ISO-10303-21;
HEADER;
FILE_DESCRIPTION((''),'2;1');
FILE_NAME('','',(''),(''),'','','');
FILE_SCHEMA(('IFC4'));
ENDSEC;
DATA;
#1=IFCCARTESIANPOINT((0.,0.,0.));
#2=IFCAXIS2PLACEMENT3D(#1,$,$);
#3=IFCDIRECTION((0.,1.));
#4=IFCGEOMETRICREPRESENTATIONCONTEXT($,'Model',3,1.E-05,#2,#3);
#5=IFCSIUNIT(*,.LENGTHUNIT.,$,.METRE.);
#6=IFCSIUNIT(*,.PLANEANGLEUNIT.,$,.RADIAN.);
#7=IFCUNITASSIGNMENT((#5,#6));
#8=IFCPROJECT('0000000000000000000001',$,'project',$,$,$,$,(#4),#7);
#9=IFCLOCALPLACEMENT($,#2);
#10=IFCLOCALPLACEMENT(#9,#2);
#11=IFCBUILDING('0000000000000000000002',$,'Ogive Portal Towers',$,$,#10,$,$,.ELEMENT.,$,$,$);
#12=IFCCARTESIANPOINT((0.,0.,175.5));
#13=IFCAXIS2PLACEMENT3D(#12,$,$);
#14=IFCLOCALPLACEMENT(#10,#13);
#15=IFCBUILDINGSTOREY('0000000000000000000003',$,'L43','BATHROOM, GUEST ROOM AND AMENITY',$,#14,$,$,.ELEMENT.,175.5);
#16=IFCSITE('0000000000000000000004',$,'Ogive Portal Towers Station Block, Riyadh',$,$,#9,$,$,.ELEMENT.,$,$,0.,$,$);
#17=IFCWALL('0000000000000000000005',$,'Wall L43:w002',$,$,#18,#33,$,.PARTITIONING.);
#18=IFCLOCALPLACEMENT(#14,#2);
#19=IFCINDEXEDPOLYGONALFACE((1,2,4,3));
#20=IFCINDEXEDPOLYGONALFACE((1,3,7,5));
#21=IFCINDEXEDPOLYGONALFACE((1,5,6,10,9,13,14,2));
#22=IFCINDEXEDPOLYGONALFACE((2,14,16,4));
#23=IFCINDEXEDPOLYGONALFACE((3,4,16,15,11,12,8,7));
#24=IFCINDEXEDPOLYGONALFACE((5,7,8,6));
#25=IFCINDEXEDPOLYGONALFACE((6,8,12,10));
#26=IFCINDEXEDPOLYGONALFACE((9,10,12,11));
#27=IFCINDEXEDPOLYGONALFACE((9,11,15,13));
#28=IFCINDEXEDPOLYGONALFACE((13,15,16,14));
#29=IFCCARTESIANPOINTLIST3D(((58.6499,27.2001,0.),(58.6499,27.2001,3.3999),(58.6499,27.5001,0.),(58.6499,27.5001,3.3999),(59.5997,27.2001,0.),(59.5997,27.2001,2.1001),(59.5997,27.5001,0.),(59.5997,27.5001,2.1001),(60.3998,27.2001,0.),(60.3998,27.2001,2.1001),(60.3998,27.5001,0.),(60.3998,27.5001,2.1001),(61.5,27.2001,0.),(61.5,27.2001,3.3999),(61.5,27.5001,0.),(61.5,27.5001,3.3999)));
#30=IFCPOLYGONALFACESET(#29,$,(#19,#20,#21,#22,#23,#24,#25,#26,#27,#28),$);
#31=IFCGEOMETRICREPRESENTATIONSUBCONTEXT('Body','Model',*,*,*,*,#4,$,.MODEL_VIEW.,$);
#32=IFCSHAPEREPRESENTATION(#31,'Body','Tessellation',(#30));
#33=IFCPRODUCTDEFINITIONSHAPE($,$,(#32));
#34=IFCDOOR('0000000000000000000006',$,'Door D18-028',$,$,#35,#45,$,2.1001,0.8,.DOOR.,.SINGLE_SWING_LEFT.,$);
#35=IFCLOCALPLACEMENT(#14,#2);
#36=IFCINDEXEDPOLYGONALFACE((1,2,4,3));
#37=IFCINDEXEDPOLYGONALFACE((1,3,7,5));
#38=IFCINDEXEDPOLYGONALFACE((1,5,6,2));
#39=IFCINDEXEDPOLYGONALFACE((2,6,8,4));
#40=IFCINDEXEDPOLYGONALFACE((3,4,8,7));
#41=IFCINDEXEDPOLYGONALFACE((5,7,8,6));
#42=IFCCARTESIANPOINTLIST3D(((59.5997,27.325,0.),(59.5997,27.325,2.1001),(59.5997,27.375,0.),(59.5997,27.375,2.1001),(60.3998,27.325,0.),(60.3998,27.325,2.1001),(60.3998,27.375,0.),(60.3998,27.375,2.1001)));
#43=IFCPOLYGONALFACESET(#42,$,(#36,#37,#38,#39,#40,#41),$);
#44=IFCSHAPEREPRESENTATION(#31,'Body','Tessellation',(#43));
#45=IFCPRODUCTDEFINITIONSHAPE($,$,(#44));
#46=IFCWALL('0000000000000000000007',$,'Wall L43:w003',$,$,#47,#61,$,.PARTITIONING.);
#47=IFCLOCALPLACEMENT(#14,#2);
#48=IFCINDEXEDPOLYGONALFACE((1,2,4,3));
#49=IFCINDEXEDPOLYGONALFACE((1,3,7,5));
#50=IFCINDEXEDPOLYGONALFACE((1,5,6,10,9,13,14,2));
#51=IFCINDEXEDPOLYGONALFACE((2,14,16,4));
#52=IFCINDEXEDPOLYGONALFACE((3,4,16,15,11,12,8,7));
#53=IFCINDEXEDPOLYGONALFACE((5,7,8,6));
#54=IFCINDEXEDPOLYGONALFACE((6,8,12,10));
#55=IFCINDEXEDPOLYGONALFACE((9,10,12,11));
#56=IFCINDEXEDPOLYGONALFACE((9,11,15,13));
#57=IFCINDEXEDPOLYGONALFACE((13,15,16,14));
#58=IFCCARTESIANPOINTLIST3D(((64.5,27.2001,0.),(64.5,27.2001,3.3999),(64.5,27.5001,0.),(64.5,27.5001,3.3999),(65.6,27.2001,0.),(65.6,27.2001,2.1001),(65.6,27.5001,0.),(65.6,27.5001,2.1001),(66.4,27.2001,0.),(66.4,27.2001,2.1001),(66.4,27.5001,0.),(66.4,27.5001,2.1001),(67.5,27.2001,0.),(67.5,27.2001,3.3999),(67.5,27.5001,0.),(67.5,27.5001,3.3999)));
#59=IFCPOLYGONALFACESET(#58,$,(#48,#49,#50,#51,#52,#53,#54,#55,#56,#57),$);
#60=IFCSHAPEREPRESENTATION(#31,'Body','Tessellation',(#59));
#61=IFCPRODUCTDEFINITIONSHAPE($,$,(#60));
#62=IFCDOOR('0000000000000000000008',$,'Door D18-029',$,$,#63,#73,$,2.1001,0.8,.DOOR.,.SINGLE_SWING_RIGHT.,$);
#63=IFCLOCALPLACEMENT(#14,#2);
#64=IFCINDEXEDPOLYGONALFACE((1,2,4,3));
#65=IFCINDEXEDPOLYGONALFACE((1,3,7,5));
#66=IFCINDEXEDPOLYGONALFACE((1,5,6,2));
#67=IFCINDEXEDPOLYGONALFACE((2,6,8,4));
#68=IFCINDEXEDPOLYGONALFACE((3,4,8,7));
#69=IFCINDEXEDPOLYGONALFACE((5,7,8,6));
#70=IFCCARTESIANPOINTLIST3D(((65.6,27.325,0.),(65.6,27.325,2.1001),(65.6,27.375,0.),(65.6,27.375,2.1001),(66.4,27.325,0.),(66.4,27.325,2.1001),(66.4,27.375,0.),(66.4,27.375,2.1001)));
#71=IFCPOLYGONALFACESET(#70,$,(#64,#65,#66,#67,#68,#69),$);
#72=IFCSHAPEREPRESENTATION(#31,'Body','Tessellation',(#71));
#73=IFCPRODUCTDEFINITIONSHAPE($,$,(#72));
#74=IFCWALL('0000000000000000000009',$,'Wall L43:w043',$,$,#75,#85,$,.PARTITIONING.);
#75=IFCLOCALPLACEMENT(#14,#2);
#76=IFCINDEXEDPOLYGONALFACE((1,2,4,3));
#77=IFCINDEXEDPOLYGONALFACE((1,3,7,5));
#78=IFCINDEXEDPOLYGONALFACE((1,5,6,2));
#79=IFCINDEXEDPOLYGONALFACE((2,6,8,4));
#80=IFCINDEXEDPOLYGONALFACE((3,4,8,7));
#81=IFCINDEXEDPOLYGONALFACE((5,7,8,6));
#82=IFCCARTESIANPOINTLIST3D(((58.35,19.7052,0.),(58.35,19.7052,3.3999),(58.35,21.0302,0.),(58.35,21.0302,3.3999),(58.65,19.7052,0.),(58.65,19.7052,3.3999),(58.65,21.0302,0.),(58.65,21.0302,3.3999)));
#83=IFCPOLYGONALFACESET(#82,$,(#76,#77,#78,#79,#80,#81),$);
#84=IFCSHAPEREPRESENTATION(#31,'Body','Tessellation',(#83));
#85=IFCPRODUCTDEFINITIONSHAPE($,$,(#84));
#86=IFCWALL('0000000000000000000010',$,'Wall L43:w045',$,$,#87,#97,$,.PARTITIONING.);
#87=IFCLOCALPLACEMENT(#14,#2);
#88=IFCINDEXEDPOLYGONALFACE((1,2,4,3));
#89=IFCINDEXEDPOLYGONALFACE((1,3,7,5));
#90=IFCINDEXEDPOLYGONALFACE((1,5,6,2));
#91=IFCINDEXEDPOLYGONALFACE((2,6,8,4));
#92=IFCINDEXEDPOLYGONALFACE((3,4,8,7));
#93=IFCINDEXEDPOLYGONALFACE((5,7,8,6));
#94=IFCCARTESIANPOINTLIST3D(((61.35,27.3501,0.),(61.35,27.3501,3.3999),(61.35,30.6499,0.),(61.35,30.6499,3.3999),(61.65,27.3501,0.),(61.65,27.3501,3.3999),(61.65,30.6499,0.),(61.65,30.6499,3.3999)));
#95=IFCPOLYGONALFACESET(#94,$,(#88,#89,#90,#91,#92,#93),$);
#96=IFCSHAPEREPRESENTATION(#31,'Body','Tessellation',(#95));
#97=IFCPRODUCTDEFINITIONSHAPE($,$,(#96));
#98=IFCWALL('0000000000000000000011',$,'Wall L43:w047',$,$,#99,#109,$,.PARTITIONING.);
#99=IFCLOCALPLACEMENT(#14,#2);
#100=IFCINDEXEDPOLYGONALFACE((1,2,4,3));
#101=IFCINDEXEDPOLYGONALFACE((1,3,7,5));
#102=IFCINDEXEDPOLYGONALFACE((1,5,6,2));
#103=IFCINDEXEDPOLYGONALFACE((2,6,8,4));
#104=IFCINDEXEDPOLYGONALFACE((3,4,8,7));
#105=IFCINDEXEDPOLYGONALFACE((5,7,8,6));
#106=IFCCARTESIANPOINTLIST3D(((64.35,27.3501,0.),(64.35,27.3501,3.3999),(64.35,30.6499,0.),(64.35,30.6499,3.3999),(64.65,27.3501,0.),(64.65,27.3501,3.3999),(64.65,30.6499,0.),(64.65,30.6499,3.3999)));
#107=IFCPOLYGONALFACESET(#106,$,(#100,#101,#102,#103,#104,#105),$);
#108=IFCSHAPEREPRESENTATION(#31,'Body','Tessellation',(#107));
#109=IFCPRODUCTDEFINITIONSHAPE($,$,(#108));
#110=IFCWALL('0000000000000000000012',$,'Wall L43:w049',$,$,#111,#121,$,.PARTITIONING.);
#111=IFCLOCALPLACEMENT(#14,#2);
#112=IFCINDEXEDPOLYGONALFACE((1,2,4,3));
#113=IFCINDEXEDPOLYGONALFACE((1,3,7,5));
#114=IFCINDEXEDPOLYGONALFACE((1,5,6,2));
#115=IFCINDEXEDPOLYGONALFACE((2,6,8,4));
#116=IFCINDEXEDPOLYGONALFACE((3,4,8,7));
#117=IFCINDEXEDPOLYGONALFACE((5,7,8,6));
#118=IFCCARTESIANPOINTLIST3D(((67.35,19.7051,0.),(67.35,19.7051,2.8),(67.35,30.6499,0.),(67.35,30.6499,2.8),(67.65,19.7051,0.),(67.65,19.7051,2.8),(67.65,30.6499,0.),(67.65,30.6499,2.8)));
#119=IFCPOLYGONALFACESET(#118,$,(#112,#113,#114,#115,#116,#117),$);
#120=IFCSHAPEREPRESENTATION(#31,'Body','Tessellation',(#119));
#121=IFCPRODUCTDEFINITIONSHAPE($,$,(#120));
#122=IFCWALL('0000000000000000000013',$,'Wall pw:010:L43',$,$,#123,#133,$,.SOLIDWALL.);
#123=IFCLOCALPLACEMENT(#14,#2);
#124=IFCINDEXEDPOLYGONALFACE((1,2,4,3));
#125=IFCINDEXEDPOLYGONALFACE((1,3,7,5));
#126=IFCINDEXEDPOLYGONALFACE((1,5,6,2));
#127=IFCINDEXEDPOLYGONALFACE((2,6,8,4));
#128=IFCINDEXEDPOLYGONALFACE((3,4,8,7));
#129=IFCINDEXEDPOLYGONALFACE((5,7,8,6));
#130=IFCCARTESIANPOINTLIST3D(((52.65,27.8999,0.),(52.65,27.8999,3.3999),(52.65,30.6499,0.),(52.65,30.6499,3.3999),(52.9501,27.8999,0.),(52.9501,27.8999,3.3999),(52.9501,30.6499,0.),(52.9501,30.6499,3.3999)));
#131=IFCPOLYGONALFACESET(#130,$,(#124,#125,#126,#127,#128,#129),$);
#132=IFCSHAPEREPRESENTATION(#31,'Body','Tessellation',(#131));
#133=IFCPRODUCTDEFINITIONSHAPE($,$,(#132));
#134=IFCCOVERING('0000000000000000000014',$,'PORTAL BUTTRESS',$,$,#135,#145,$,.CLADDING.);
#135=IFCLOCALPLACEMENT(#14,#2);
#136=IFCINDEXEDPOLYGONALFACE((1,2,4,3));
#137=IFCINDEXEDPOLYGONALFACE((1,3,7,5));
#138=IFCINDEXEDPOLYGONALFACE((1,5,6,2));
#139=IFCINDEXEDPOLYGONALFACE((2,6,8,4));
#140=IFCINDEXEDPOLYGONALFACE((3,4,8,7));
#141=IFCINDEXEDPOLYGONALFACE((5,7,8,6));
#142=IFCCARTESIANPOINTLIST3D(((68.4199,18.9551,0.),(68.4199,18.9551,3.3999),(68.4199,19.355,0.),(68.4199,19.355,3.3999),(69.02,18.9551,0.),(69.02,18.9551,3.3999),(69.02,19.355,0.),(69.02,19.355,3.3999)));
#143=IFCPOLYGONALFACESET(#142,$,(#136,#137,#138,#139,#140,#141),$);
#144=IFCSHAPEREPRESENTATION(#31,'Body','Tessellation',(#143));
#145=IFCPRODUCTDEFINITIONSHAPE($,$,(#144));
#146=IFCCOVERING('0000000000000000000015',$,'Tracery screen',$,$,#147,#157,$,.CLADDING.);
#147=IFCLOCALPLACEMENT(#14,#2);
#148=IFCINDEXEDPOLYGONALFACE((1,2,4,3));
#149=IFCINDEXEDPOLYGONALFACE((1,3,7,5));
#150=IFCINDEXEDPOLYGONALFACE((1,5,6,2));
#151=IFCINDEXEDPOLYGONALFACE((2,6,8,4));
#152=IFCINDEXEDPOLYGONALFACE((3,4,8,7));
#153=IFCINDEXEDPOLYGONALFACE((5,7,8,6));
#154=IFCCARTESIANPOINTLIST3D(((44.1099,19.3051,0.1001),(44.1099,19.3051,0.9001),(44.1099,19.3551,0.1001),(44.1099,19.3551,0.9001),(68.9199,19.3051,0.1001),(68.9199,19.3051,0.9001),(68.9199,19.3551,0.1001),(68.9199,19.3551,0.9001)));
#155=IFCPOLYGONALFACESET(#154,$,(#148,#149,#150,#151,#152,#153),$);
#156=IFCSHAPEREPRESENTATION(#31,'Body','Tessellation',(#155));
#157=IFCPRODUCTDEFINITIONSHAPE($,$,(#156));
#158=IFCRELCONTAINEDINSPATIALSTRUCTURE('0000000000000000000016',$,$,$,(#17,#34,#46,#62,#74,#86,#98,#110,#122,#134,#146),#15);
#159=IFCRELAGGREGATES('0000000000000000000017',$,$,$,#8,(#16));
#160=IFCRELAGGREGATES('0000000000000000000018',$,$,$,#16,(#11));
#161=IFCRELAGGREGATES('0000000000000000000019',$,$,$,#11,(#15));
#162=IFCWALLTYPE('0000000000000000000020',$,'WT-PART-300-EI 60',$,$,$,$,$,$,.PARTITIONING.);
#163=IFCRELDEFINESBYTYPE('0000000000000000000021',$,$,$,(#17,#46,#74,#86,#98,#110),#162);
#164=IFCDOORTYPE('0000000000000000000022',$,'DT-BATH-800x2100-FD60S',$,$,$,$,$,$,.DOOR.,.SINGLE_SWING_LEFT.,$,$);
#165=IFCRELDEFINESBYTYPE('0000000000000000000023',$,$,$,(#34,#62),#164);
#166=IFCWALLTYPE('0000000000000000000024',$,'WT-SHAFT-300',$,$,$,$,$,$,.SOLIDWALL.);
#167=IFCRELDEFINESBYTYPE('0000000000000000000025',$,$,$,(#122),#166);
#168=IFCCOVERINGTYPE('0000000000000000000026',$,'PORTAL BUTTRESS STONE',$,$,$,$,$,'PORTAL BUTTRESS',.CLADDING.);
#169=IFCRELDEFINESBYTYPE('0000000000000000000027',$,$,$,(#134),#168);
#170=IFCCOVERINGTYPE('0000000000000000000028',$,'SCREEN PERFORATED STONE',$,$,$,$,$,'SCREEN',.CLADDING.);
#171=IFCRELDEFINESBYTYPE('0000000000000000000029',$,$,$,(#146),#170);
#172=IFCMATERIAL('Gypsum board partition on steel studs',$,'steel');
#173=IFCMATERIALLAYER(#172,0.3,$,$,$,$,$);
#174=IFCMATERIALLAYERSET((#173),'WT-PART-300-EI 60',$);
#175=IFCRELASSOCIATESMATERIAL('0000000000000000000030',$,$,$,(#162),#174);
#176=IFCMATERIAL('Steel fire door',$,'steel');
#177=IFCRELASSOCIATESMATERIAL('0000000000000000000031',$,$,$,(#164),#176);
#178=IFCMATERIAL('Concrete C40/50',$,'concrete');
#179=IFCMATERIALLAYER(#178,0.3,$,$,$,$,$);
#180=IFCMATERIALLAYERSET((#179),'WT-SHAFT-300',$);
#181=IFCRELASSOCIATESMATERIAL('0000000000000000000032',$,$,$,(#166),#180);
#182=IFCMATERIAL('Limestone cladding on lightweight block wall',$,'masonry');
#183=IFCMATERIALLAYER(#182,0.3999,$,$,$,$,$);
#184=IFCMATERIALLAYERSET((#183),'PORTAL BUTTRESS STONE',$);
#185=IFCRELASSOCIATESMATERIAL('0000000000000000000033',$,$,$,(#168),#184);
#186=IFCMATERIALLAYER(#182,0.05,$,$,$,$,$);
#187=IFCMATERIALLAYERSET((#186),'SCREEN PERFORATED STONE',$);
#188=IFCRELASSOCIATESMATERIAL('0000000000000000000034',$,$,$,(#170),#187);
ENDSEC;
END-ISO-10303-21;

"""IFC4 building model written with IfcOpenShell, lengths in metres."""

from ifc_helpers import new_model, si_unit, direction, frame, frame_2d, origin, origin_2d, place, context, subcontext, project, spatial, rectangle, extrude, material, layer, layer_set, type_object, element, fill, save


model = new_model("IFC4")

# Units and contexts
model_context = context("Model", 3, precision=1e-05, world=origin(), true_north=direction((0.0, 1.0)))
body_context = subcontext(model_context, "Body", "Model", "MODEL_VIEW")
ifc_project = project(units=[si_unit("LENGTHUNIT", "METRE"), si_unit("PLANEANGLEUNIT", "RADIAN")], contexts=[model_context])

# Site, building, storey
site_placement = place(None, origin())
site = spatial("IfcSite", under=ifc_project, at=site_placement, Name="Ogive Portal Towers Station Block, Riyadh", CompositionType="ELEMENT", RefElevation=0.0)
building_placement = place(site_placement, origin())
building = spatial("IfcBuilding", under=site, at=building_placement, Name="Ogive Portal Towers", CompositionType="ELEMENT")
storey_placement = place(building_placement, frame((0.0, 0.0, 175.5)))
storey = spatial("IfcBuildingStorey", under=building, at=storey_placement, Name="L43", Description="BATHROOM, GUEST ROOM AND AMENITY", CompositionType="ELEMENT", Elevation=175.5)

# Walls, openings, doors
ifc_material_1 = material(Name="Steel fire door", Category="steel")
ifc_material_2 = material(Name="Gypsum board partition on steel studs", Category="steel")
ifc_layer_1 = layer(ifc_material_2, 0.3)
ifc_layer_set_1 = layer_set([ifc_layer_1], Name="WT-PART-300-EI 60")
wall_type_1 = type_object("IfcWallType", Name="WT-PART-300-EI 60", PredefinedType="PARTITIONING", material=ifc_layer_set_1)
wall_1_placement = place(storey_placement, frame((58.6499, 27.3501, 0.0), z_axis=(0.0, 0.0, 1.0), x_axis=(1.0, 0.0, 0.0)))
wall_1 = element("IfcWall", 1, at=wall_1_placement, inside=storey, type_object=wall_type_1, Name="Wall L43:w002", PredefinedType="PARTITIONING", context=body_context, shape_type="SweptSolid", body=[
    extrude(rectangle(XDim=2.8501, YDim=0.3, at=frame_2d((1.425, 0.0))), origin(), (0.0, 0.0, 1.0), 3.3999),
])
opening_1_placement = place(wall_1_placement, frame((0.95, 0.0, 0.0)))
opening_1 = element("IfcOpeningElement", 2, at=opening_1_placement, cuts=wall_1, PredefinedType="OPENING", context=body_context, shape_type="SweptSolid", body=[
    extrude(rectangle(XDim=0.8, YDim=2.1001, at=frame_2d((0.3999, 1.05))), frame((0.0, 0.1602, 0.0), z_axis=(0.0, -1.0, 0.0), x_axis=(1.0, 0.0, 0.0)), (0.0, 0.0, 1.0), 0.3201),
])
door_type_1 = type_object("IfcDoorType", Name="DT-BATH-800x2100-FD60S", OperationType="SINGLE_SWING_LEFT", PredefinedType="DOOR", material=ifc_material_1)
door_1_placement = place(opening_1_placement, origin())
door_1 = element("IfcDoor", 3, at=door_1_placement, inside=storey, type_object=door_type_1, Name="Door D18-028", OperationType="SINGLE_SWING_LEFT", OverallHeight=2.1001, OverallWidth=0.8, PredefinedType="DOOR", context=body_context, shape_type="SweptSolid", body=[
    extrude(rectangle(XDim=0.8, YDim=2.1001, at=frame_2d((0.3999, 1.05))), frame((0.0, 0.0249, 0.0), z_axis=(0.0, -1.0, 0.0), x_axis=(1.0, 0.0, 0.0)), (0.0, 0.0, 1.0), 0.05),
])
fill(opening_1, door_1)
wall_2_placement = place(storey_placement, frame((64.5, 27.3501, 0.0), z_axis=(0.0, 0.0, 1.0), x_axis=(1.0, 0.0, 0.0)))
wall_2 = element("IfcWall", 4, at=wall_2_placement, inside=storey, type_object=wall_type_1, Name="Wall L43:w003", PredefinedType="PARTITIONING", context=body_context, shape_type="SweptSolid", body=[
    extrude(rectangle(XDim=3.0, YDim=0.3, at=frame_2d((1.5, 0.0))), origin(), (0.0, 0.0, 1.0), 3.3999),
])
opening_2_placement = place(wall_2_placement, frame((1.1001, 0.0, 0.0)))
opening_2 = element("IfcOpeningElement", 5, at=opening_2_placement, cuts=wall_2, PredefinedType="OPENING", context=body_context, shape_type="SweptSolid", body=[
    extrude(rectangle(XDim=0.8, YDim=2.1001, at=frame_2d((0.3999, 1.05))), frame((0.0, 0.1602, 0.0), z_axis=(0.0, -1.0, 0.0), x_axis=(1.0, 0.0, 0.0)), (0.0, 0.0, 1.0), 0.3201),
])
door_2_placement = place(opening_2_placement, origin())
door_2 = element("IfcDoor", 6, at=door_2_placement, inside=storey, type_object=door_type_1, Name="Door D18-029", OperationType="SINGLE_SWING_RIGHT", OverallHeight=2.1001, OverallWidth=0.8, PredefinedType="DOOR", context=body_context, shape_type="SweptSolid", body=[
    extrude(rectangle(XDim=0.8, YDim=2.1001, at=frame_2d((0.3999, 1.05))), frame((0.0, 0.0249, 0.0), z_axis=(0.0, -1.0, 0.0), x_axis=(1.0, 0.0, 0.0)), (0.0, 0.0, 1.0), 0.05),
])
fill(opening_2, door_2)

# Walls
wall_3_placement = place(storey_placement, frame((58.5, 19.7051, 0.0), z_axis=(0.0, 0.0, 1.0), x_axis=(0.0, 1.0, 0.0)))
element("IfcWall", 7, at=wall_3_placement, inside=storey, type_object=wall_type_1, Name="Wall L43:w043", PredefinedType="PARTITIONING", context=body_context, shape_type="SweptSolid", body=[
    extrude(rectangle(XDim=1.325, YDim=0.3, at=frame_2d((0.6626, 0.0))), origin(), (0.0, 0.0, 1.0), 3.3999),
])
for number, where, z_axis, x_axis, name in (
    (8, (61.5, 27.3501, 0.0), (0.0, 0.0, 1.0), (0.0, 1.0, 0.0), "Wall L43:w045"),
    (9, (64.5, 27.3501, 0.0), (0.0, 0.0, 1.0), (0.0, 1.0, 0.0), "Wall L43:w047"),
):
    element("IfcWall", number, at=place(storey_placement, frame(where, z_axis=z_axis, x_axis=x_axis)), inside=storey, type_object=wall_type_1, Name=name, PredefinedType="PARTITIONING", context=body_context, shape_type="SweptSolid", body=[
        extrude(rectangle(XDim=3.2998, YDim=0.3, at=frame_2d((1.6499, 0.0))), origin(), (0.0, 0.0, 1.0), 3.3999),
    ])
wall_4_placement = place(storey_placement, frame((67.5, 19.7051, 0.0), z_axis=(0.0, 0.0, 1.0), x_axis=(0.0, 1.0, 0.0)))
element("IfcWall", 10, at=wall_4_placement, inside=storey, type_object=wall_type_1, Name="Wall L43:w049", PredefinedType="PARTITIONING", context=body_context, shape_type="SweptSolid", body=[
    extrude(rectangle(XDim=10.9448, YDim=0.3, at=frame_2d((5.4724, 0.0))), origin(), (0.0, 0.0, 1.0), 2.8),
])
ifc_material_3 = material(Name="Concrete C40/50", Category="concrete")
ifc_layer_2 = layer(ifc_material_3, 0.3)
ifc_layer_set_2 = layer_set([ifc_layer_2], Name="WT-SHAFT-300")
wall_type_2 = type_object("IfcWallType", Name="WT-SHAFT-300", PredefinedType="SOLIDWALL", material=ifc_layer_set_2)
wall_5_placement = place(storey_placement, frame((52.8, 27.8999, 0.0), z_axis=(0.0, 0.0, 1.0), x_axis=(0.0, 1.0, 0.0)))
element("IfcWall", 11, at=wall_5_placement, inside=storey, type_object=wall_type_2, Name="Wall pw:010:L43", PredefinedType="SOLIDWALL", context=body_context, shape_type="SweptSolid", body=[
    extrude(rectangle(XDim=2.75, YDim=0.3, at=frame_2d((1.375, 0.0))), origin(), (0.0, 0.0, 1.0), 3.3999),
])

# Coverings
ifc_material_4 = material(Name="Limestone cladding on lightweight block wall", Category="masonry")
ifc_layer_3 = layer(ifc_material_4, 0.3999)
ifc_layer_set_3 = layer_set([ifc_layer_3], Name="PORTAL BUTTRESS STONE")
covering_type_1 = type_object("IfcCoveringType", Name="PORTAL BUTTRESS STONE", ElementType="PORTAL BUTTRESS", PredefinedType="CLADDING", material=ifc_layer_set_3)
covering_1_placement = place(storey_placement, frame((68.72, 19.155, 0.0), z_axis=(0.0, 0.0, 1.0), x_axis=(1.0, 0.0, 0.0)))
element("IfcCovering", 12, at=covering_1_placement, inside=storey, type_object=covering_type_1, Name="PORTAL BUTTRESS", PredefinedType="CLADDING", context=body_context, shape_type="SweptSolid", body=[
    extrude(rectangle(XDim=0.6001, YDim=0.3999, at=origin_2d()), origin(), (0.0, 0.0, 1.0), 3.3999),
])
ifc_layer_4 = layer(ifc_material_4, 0.05)
ifc_layer_set_4 = layer_set([ifc_layer_4], Name="SCREEN PERFORATED STONE")
covering_type_2 = type_object("IfcCoveringType", Name="SCREEN PERFORATED STONE", ElementType="SCREEN", PredefinedType="CLADDING", material=ifc_layer_set_4)
covering_2_placement = place(storey_placement, frame((56.5149, 19.3301, 0.1001), z_axis=(0.0, 0.0, 1.0), x_axis=(1.0, 0.0, 0.0)))
element("IfcCovering", 13, at=covering_2_placement, inside=storey, type_object=covering_type_2, Name="Tracery screen", PredefinedType="CLADDING", context=body_context, shape_type="SweptSolid", body=[
    extrude(rectangle(XDim=24.8101, YDim=0.05, at=origin_2d()), origin(), (0.0, 0.0, 1.0), 0.8),
])

save(model, "model.ifc")
